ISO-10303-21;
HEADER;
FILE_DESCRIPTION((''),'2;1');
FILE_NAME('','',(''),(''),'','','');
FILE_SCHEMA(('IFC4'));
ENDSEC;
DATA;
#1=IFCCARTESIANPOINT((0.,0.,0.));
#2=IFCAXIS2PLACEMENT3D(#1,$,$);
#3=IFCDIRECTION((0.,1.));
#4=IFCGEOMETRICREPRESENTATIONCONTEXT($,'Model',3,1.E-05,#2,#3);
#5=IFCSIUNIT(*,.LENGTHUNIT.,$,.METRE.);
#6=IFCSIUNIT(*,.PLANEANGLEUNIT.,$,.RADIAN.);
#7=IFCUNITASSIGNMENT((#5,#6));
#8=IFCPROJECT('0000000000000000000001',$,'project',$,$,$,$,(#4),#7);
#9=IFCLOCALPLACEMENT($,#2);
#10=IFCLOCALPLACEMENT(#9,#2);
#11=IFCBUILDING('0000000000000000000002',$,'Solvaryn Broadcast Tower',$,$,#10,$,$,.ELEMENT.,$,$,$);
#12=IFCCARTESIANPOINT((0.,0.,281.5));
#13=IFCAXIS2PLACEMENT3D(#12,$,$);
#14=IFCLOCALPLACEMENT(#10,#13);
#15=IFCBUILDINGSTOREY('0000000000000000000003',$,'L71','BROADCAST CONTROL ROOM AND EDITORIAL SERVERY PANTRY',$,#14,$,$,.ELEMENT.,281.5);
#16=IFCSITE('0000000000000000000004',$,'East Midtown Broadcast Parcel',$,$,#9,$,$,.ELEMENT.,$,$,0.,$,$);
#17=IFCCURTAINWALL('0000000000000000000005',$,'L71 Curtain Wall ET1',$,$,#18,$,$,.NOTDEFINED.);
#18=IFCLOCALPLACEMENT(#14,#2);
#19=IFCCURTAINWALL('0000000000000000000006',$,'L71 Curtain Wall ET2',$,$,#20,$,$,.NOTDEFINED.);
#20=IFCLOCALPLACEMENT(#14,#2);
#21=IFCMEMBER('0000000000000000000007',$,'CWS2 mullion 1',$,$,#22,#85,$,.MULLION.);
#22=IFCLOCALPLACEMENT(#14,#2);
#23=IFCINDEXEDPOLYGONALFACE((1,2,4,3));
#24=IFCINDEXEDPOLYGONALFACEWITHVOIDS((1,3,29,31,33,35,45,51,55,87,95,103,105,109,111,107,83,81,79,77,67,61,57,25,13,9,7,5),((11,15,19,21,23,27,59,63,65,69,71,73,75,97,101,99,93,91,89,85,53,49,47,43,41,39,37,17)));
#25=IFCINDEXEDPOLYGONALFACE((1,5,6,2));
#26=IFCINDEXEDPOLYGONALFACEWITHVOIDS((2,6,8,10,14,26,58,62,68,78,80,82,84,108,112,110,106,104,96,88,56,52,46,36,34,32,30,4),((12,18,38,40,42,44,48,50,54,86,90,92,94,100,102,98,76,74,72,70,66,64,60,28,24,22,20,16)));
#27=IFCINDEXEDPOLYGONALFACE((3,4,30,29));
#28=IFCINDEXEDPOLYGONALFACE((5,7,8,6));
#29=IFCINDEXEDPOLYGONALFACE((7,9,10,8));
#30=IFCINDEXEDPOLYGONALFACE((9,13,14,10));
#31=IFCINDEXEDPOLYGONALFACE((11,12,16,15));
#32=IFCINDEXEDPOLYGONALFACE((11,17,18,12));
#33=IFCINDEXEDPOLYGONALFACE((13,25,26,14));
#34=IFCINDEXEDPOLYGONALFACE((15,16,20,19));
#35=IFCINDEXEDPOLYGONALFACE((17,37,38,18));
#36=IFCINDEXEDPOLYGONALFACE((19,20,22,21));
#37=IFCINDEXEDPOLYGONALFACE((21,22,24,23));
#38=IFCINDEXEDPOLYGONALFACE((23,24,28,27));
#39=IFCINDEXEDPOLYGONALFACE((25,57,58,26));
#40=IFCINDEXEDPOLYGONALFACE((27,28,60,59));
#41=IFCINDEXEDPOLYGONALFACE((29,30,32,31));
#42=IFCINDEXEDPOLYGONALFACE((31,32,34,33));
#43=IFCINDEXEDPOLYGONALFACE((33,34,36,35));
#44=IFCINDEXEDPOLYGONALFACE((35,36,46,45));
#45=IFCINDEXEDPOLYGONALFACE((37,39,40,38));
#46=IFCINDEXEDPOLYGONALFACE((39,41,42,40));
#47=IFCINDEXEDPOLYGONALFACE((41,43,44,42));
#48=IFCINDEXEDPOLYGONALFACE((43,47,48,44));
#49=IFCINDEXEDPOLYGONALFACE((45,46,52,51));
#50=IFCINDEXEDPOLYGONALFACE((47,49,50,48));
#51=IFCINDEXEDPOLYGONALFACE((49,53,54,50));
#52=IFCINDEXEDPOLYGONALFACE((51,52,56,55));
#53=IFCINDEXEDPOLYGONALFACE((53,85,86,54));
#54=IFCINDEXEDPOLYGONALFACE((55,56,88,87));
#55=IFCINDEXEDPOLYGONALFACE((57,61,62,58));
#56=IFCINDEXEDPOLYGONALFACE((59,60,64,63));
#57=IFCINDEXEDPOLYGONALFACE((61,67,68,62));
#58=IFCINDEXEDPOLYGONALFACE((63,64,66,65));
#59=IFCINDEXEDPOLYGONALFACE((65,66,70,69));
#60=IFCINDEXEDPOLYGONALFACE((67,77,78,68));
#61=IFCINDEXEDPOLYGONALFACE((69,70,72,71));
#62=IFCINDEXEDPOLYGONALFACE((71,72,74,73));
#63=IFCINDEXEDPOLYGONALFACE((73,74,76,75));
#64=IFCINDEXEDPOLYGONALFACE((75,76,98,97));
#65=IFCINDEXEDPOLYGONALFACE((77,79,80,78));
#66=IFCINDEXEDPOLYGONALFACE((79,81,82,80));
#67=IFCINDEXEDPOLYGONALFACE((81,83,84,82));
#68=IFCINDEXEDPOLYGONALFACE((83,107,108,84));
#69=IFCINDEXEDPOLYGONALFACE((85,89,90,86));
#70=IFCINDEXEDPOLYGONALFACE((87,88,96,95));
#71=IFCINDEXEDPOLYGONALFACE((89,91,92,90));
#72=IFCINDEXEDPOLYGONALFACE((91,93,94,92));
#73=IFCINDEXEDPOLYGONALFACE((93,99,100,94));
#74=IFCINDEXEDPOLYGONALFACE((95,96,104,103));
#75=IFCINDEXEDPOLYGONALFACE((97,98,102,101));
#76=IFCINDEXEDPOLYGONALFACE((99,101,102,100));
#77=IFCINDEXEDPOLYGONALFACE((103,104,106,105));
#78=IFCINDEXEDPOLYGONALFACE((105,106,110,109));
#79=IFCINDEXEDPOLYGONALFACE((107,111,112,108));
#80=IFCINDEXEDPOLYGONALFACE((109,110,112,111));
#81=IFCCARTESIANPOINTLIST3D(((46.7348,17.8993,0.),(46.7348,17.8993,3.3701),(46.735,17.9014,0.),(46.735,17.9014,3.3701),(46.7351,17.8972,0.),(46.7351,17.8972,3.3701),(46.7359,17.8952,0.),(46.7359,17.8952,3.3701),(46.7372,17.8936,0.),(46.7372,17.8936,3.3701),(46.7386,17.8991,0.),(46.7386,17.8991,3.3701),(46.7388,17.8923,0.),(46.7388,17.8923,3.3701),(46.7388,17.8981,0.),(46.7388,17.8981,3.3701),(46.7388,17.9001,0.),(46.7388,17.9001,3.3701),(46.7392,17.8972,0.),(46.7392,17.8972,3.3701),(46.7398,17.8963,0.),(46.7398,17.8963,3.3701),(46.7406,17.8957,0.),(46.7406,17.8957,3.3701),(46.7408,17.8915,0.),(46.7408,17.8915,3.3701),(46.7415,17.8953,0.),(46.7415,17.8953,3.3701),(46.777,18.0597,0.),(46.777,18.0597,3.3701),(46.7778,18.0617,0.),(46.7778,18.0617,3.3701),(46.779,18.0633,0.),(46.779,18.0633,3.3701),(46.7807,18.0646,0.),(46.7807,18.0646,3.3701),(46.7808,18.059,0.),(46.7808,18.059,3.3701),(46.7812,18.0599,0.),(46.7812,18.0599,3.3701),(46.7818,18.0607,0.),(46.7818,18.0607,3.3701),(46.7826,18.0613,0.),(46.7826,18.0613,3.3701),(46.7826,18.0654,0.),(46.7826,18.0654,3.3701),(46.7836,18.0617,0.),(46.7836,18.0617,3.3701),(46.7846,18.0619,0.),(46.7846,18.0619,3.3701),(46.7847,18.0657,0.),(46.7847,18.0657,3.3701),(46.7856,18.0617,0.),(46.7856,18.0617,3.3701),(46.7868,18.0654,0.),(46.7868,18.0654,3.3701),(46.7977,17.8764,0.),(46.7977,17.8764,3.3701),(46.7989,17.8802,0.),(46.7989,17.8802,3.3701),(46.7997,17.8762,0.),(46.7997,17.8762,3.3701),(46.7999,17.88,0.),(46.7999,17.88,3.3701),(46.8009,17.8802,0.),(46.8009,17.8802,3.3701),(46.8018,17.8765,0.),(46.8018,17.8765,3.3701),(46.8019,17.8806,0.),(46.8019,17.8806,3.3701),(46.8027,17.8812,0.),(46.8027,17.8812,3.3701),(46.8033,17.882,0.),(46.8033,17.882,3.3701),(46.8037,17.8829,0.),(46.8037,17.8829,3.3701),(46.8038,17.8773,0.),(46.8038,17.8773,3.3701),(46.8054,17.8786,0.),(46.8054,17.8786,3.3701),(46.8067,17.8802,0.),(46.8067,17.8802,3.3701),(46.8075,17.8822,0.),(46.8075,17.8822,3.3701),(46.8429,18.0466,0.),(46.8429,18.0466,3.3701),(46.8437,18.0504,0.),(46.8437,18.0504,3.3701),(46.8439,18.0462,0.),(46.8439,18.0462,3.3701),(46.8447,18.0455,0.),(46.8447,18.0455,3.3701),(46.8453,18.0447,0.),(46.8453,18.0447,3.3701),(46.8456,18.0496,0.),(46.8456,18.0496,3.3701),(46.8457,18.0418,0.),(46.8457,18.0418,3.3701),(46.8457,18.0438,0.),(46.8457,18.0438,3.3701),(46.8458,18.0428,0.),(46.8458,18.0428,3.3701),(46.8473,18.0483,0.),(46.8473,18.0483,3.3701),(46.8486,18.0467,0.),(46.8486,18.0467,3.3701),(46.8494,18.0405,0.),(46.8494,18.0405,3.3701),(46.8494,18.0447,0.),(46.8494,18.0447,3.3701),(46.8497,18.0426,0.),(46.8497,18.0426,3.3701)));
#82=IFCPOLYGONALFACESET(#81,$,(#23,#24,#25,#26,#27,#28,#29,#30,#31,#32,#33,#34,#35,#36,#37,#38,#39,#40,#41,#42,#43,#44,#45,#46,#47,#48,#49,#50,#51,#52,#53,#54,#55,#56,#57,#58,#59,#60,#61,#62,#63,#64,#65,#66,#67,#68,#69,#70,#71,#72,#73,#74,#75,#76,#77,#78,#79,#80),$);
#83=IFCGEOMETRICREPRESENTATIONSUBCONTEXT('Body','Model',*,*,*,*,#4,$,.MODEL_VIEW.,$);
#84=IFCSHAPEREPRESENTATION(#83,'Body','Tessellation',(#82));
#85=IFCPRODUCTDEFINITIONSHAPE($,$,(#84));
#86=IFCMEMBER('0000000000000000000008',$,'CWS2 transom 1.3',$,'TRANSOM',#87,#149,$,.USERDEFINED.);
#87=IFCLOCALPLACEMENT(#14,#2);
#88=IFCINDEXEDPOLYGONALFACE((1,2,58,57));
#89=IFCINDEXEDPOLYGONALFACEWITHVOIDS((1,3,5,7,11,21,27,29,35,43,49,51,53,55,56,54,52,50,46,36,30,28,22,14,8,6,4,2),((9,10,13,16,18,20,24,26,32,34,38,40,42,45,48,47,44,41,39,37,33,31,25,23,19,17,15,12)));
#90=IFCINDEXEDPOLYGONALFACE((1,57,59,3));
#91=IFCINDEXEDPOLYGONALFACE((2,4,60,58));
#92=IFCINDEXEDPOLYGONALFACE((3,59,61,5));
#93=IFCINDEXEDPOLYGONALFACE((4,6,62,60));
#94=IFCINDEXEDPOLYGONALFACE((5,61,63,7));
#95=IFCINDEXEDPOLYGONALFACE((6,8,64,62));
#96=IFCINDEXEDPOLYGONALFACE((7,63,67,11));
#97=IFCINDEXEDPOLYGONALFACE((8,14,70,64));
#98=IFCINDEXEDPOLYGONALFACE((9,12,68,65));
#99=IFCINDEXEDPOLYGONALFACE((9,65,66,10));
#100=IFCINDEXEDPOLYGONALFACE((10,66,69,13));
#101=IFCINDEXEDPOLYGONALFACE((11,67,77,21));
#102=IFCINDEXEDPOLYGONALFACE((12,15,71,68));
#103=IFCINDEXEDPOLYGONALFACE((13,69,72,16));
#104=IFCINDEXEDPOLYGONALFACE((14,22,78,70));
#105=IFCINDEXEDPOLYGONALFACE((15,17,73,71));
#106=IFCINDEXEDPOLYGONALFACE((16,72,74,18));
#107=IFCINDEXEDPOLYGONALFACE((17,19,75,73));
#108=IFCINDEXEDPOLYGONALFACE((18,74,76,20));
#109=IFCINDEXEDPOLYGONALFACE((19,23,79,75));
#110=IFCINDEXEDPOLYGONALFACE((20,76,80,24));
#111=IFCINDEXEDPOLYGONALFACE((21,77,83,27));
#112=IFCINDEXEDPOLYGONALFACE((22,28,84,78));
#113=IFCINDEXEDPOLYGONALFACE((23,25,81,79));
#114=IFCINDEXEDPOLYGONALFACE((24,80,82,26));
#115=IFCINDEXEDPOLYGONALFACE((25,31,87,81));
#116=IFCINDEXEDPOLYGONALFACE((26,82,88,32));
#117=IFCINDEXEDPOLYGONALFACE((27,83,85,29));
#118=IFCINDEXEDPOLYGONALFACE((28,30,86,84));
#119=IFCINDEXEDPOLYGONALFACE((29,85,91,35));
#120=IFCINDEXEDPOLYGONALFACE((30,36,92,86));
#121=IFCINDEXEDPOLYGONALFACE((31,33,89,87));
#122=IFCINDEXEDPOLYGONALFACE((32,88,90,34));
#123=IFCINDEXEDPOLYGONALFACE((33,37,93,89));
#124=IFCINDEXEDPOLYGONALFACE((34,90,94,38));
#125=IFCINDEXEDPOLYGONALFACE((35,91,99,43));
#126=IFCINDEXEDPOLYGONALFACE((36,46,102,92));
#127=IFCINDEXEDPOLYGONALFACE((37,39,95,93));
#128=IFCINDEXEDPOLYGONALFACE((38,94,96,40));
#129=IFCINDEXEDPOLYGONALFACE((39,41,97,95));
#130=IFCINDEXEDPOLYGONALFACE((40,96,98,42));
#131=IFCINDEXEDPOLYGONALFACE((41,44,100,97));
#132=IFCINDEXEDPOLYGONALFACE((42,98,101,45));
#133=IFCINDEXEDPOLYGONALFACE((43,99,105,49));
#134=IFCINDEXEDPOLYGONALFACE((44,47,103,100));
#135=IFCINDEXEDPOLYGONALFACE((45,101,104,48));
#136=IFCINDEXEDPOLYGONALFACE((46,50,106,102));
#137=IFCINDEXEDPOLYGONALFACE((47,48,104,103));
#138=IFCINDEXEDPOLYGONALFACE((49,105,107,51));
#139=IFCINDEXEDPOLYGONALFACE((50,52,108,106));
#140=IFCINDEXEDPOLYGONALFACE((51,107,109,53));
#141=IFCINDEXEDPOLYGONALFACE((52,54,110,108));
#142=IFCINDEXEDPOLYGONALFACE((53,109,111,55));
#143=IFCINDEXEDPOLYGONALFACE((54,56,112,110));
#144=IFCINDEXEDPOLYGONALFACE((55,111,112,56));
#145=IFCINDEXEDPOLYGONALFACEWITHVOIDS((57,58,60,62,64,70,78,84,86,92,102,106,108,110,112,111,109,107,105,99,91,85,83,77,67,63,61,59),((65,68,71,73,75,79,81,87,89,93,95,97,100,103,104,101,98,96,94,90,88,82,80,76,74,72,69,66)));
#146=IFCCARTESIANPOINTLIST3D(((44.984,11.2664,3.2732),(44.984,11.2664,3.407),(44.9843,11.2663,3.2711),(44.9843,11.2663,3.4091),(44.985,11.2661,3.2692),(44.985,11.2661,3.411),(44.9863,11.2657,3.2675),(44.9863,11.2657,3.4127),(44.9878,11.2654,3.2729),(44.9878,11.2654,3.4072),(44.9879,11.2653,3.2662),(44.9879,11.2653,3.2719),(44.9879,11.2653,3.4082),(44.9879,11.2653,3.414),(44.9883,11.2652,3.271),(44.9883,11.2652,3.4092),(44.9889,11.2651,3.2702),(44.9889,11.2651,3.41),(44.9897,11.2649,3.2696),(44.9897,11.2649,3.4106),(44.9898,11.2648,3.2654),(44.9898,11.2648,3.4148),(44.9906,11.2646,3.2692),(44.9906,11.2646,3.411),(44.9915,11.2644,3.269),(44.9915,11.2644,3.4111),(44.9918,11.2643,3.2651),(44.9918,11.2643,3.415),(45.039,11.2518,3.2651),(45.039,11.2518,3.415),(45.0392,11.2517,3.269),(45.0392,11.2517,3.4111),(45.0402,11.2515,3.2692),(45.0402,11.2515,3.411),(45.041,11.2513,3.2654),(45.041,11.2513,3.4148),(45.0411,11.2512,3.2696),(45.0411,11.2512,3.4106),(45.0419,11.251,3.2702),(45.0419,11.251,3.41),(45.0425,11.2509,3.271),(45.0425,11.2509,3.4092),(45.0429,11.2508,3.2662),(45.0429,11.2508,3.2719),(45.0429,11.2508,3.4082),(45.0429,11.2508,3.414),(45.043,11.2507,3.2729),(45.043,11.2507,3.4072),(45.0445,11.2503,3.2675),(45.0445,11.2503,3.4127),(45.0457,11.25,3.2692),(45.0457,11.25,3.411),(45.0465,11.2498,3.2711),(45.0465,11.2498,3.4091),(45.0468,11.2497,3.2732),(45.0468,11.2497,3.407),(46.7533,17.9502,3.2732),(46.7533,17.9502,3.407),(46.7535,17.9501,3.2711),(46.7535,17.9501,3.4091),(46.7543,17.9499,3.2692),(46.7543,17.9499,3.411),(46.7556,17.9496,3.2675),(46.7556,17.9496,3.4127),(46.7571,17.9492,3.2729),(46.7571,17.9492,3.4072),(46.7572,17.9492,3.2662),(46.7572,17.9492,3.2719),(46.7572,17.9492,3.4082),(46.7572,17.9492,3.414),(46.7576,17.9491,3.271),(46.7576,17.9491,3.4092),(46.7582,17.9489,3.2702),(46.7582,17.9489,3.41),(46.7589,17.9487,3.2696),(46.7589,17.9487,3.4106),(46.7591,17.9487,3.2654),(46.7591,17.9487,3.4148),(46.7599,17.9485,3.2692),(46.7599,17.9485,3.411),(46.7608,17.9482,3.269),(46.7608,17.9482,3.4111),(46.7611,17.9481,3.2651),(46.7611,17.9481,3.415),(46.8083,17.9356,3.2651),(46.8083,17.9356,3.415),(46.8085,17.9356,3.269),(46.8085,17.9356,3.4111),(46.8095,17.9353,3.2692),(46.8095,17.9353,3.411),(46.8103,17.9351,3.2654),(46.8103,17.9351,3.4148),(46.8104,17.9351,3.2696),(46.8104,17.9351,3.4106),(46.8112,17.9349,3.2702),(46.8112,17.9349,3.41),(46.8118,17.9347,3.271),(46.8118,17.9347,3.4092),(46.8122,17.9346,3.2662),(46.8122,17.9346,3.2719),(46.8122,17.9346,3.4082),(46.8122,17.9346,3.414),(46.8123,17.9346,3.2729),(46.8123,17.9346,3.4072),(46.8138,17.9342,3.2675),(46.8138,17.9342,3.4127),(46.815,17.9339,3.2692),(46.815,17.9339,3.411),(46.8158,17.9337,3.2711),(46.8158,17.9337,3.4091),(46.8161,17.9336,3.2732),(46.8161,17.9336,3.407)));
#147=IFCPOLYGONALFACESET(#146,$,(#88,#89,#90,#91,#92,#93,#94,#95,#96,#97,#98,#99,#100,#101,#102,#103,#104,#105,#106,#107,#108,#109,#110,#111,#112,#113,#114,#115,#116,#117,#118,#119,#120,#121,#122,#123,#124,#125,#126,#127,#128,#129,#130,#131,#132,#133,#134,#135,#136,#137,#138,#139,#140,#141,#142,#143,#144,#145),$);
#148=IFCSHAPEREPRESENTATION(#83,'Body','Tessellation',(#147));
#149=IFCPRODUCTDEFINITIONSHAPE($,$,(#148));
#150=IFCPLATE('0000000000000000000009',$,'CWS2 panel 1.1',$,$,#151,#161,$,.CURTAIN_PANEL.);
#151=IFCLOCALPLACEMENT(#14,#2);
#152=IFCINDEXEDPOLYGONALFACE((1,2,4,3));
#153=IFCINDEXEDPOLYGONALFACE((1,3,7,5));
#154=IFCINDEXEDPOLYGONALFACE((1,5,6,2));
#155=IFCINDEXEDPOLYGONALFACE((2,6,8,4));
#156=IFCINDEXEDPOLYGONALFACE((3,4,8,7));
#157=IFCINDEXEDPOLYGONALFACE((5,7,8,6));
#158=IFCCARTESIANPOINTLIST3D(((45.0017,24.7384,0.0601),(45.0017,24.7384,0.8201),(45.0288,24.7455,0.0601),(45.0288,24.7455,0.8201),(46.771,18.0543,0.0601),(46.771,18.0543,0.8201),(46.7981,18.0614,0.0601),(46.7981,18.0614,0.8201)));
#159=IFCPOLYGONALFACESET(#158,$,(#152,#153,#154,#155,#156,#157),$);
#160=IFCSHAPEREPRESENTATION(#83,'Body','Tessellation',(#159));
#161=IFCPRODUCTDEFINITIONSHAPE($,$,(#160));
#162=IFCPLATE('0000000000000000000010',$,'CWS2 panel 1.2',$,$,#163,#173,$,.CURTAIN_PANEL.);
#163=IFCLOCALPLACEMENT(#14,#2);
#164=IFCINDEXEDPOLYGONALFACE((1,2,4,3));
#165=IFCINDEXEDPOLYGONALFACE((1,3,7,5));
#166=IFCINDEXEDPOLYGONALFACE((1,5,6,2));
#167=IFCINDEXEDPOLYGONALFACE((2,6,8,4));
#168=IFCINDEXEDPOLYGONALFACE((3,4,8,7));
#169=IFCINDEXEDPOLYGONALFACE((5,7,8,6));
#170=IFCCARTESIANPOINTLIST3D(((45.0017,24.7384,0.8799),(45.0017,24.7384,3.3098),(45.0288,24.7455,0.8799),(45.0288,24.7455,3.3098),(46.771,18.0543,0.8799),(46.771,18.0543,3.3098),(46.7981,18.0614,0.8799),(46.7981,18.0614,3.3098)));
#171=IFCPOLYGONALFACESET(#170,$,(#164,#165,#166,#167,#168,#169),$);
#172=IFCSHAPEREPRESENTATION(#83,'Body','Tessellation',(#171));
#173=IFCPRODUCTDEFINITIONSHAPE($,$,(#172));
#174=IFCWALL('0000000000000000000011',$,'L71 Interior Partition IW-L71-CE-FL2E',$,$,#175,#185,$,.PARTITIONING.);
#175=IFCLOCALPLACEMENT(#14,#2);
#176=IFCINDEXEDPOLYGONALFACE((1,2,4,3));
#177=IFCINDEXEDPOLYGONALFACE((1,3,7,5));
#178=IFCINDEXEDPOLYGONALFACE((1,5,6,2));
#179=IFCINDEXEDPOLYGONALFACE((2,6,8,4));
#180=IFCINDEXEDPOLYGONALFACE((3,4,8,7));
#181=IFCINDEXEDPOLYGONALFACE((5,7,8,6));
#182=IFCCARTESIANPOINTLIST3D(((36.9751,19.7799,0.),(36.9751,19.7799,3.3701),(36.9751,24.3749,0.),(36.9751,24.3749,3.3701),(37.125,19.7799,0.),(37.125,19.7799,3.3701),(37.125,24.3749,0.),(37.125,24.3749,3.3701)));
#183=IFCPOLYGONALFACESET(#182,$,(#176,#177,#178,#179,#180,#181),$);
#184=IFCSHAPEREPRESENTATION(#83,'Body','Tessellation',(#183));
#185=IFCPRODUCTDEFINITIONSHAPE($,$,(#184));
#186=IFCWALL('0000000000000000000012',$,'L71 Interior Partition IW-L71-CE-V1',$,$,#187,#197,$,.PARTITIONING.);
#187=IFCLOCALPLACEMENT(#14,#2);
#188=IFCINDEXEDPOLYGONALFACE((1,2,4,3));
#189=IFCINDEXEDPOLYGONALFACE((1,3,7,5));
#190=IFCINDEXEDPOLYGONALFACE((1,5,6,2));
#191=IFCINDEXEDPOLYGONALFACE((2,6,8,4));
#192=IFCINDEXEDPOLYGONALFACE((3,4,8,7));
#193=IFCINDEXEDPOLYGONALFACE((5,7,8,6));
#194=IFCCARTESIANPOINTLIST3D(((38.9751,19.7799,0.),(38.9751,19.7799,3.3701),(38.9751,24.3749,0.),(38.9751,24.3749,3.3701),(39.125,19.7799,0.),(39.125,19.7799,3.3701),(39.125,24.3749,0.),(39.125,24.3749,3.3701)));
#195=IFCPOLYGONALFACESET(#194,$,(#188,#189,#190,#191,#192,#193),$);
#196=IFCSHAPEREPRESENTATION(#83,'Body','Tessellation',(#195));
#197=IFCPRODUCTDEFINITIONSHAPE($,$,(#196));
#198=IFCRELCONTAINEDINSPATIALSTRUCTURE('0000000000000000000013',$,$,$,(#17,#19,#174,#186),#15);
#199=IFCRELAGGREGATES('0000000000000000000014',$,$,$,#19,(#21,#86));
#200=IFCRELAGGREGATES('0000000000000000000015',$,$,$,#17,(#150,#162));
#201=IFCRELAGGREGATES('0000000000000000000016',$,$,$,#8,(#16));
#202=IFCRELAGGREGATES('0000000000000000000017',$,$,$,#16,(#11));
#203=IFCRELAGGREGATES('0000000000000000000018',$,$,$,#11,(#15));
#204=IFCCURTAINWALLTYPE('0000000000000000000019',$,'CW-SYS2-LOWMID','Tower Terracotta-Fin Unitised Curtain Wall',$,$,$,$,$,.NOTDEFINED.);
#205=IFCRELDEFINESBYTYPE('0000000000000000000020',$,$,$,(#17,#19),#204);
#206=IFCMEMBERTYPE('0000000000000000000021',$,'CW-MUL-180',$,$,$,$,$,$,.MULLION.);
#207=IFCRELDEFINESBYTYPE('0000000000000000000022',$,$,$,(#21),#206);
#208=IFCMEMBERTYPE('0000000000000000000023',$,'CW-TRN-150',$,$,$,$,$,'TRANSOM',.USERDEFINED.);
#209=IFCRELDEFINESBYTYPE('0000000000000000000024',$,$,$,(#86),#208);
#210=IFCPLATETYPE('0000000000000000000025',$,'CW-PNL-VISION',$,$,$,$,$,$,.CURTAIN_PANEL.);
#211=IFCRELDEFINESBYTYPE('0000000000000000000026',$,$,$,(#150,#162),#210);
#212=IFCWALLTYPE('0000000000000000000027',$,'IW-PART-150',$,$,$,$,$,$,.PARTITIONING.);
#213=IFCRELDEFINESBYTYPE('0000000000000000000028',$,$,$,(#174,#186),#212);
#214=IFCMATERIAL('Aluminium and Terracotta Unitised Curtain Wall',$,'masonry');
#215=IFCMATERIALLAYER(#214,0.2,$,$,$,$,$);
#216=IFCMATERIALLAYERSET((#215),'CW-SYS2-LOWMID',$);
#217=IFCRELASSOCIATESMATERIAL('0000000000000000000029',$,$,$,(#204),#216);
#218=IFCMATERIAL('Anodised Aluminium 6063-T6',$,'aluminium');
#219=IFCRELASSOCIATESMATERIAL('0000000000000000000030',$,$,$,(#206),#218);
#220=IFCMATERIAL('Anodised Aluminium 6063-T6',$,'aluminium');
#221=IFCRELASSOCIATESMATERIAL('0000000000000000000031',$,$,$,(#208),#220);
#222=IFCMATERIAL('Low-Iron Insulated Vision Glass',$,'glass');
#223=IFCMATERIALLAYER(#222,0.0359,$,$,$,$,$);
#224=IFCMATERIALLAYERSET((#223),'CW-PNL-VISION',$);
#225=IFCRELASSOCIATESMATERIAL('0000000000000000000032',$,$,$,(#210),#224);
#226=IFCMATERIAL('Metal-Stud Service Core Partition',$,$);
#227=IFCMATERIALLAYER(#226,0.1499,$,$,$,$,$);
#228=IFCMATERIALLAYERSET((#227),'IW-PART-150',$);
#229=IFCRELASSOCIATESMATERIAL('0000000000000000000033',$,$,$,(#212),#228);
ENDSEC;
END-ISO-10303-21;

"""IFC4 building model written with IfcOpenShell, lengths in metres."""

from ifc_helpers import new_model, si_unit, direction, frame, frame_2d, origin, origin_2d, place, context, subcontext, project, spatial, rectangle, hollow_rectangle, extrude, material, layer, layer_set, material_profile, profile_set, type_object, element, aggregate, save


model = new_model("IFC4")

# Units and contexts
model_context = context("Model", 3, precision=1e-05, world=origin(), true_north=direction((0.0, 1.0)))
body_context = subcontext(model_context, "Body", "Model", "MODEL_VIEW")
ifc_project = project(units=[si_unit("LENGTHUNIT", "METRE"), si_unit("PLANEANGLEUNIT", "RADIAN")], contexts=[model_context])

# Site, building, storey
site_placement = place(None, origin())
site = spatial("IfcSite", under=ifc_project, at=site_placement, Name="East Midtown Broadcast Parcel", CompositionType="ELEMENT", RefElevation=0.0)
building_placement = place(site_placement, origin())
building = spatial("IfcBuilding", under=site, at=building_placement, Name="Solvaryn Broadcast Tower", CompositionType="ELEMENT")
storey_placement = place(building_placement, frame((0.0, 0.0, 281.5)))
storey = spatial("IfcBuildingStorey", under=building, at=storey_placement, Name="L71", Description="BROADCAST CONTROL ROOM AND EDITORIAL SERVERY PANTRY", CompositionType="ELEMENT", Elevation=281.5)

# Curtain wall
ifc_material_1 = material(Name="Aluminium and Terracotta Unitised Curtain Wall", Category="masonry")
ifc_layer_1 = layer(ifc_material_1, 0.2)
ifc_layer_set_1 = layer_set([ifc_layer_1], Name="CW-SYS2-LOWMID")
curtain_wall_type = type_object("IfcCurtainWallType", Name="CW-SYS2-LOWMID", Description="Tower Terracotta-Fin Unitised Curtain Wall", PredefinedType="NOTDEFINED", material=ifc_layer_set_1)
curtain_wall_1_placement = place(storey_placement, origin())
curtain_wall_1 = element("IfcCurtainWall", 1, at=curtain_wall_1_placement, inside=storey, type_object=curtain_wall_type, Name="L71 Curtain Wall ET1", PredefinedType="NOTDEFINED")
ifc_material_2 = material(Name="Anodised Aluminium 6063-T6", Category="aluminium")
ifc_material_profile_1 = material_profile(ifc_material_2, hollow_rectangle(XDim=0.075, YDim=0.1799, WallThickness=0.0039, InnerFilletRadius=0.0039, OuterFilletRadius=0.0081, at=origin_2d()))
ifc_profile_set_1 = profile_set([ifc_material_profile_1], Name="Anodised Aluminium 6063-T6")
member_type_1 = type_object("IfcMemberType", Name="CW-MUL-180", PredefinedType="MULLION", material=ifc_profile_set_1)

# Curtain wall, members
curtain_wall_2_placement = place(storey_placement, origin())
curtain_wall_2 = element("IfcCurtainWall", 2, at=curtain_wall_2_placement, inside=storey, type_object=curtain_wall_type, Name="L71 Curtain Wall ET2", PredefinedType="NOTDEFINED")
member_1_placement = place(storey_placement, frame((46.7922, 17.9709, 0.0), z_axis=(0.0, 0.0, 1.0), x_axis=(0.966705, -0.255893, 0.0)))
member_1 = element("IfcMember", 3, at=member_1_placement, type_object=member_type_1, Name="CWS2 mullion 1", PredefinedType="MULLION", context=body_context, shape_type="SweptSolid", body=[
    extrude(hollow_rectangle(XDim=0.075, YDim=0.1799, WallThickness=0.0039, InnerFilletRadius=0.0039, OuterFilletRadius=0.0081, at=origin_2d()), origin(), (0.0, 0.0, 1.0), 3.3701),
])
ifc_material_3 = material(Name="Anodised Aluminium 6063-T6", Category="aluminium")
ifc_material_profile_2 = material_profile(ifc_material_3, hollow_rectangle(XDim=0.0649, YDim=0.1499, WallThickness=0.0039, InnerFilletRadius=0.0039, OuterFilletRadius=0.0081, at=origin_2d()))
ifc_profile_set_2 = profile_set([ifc_material_profile_2], Name="Anodised Aluminium 6063-T6")
member_type_2 = type_object("IfcMemberType", Name="CW-TRN-150", ElementType="TRANSOM", PredefinedType="USERDEFINED", material=ifc_profile_set_2)
member_2_placement = place(storey_placement, frame((46.7847, 17.9419, 3.3401), z_axis=(-0.255897, -0.966704, 0.0), x_axis=(0.966704, -0.255897, 0.0)))
member_2 = element("IfcMember", 4, at=member_2_placement, type_object=member_type_2, Name="CWS2 transom 1.3", ObjectType="TRANSOM", PredefinedType="USERDEFINED", context=body_context, shape_type="SweptSolid", body=[
    extrude(hollow_rectangle(XDim=0.0649, YDim=0.1499, WallThickness=0.0039, InnerFilletRadius=0.0039, OuterFilletRadius=0.0081, at=origin_2d()), origin(), (0.0, 0.0, 1.0), 6.9141),
])
aggregate(curtain_wall_2, [member_1, member_2])

# Plates
ifc_material_4 = material(Name="Low-Iron Insulated Vision Glass", Category="glass")
ifc_layer_2 = layer(ifc_material_4, 0.0359)
ifc_layer_set_2 = layer_set([ifc_layer_2], Name="CW-PNL-VISION")
plate_type = type_object("IfcPlateType", Name="CW-PNL-VISION", PredefinedType="CURTAIN_PANEL", material=ifc_layer_set_2)
plate_1_placement = place(storey_placement, frame((45.8999, 21.3999, 0.0601), z_axis=(0.0, 0.0, 1.0), x_axis=(0.255893, -0.966705, 0.0)))
plate_1 = element("IfcPlate", 5, at=plate_1_placement, type_object=plate_type, Name="CWS2 panel 1.1", PredefinedType="CURTAIN_PANEL", context=body_context, shape_type="SweptSolid", body=[
    extrude(rectangle(XDim=6.9143, YDim=0.0281, at=origin_2d()), origin(), (0.0, 0.0, 1.0), 0.76),
])
plate_2_placement = place(storey_placement, frame((45.8999, 21.3999, 0.8799), z_axis=(0.0, 0.0, 1.0), x_axis=(0.255893, -0.966705, 0.0)))
plate_2 = element("IfcPlate", 6, at=plate_2_placement, type_object=plate_type, Name="CWS2 panel 1.2", PredefinedType="CURTAIN_PANEL", context=body_context, shape_type="SweptSolid", body=[
    extrude(rectangle(XDim=6.9143, YDim=0.0281, at=origin_2d()), origin(), (0.0, 0.0, 1.0), 2.4299),
])
aggregate(curtain_wall_1, [plate_1, plate_2])

# Walls
ifc_material_5 = material(Name="Metal-Stud Service Core Partition")
ifc_layer_3 = layer(ifc_material_5, 0.1499)
ifc_layer_set_3 = layer_set([ifc_layer_3], Name="IW-PART-150")
wall_type_1 = type_object("IfcWallType", Name="IW-PART-150", PredefinedType="PARTITIONING", material=ifc_layer_set_3)
for number, where, z_axis, x_axis, name in (
    (7, (37.05, 19.78, 0.0), (0.0, 0.0, 1.0), (0.0, 1.0, 0.0), "L71 Interior Partition IW-L71-CE-FL2E"),
    (8, (39.05, 19.78, 0.0), (0.0, 0.0, 1.0), (0.0, 1.0, 0.0), "L71 Interior Partition IW-L71-CE-V1"),
):
    element("IfcWall", number, at=place(storey_placement, frame(where, z_axis=z_axis, x_axis=x_axis)), inside=storey, type_object=wall_type_1, Name=name, PredefinedType="PARTITIONING", context=body_context, shape_type="SweptSolid", body=[
        extrude(rectangle(XDim=4.595, YDim=0.1499, at=frame_2d((2.2974, 0.0))), origin(), (0.0, 0.0, 1.0), 3.3701),
    ])

save(model, "model.ifc")
